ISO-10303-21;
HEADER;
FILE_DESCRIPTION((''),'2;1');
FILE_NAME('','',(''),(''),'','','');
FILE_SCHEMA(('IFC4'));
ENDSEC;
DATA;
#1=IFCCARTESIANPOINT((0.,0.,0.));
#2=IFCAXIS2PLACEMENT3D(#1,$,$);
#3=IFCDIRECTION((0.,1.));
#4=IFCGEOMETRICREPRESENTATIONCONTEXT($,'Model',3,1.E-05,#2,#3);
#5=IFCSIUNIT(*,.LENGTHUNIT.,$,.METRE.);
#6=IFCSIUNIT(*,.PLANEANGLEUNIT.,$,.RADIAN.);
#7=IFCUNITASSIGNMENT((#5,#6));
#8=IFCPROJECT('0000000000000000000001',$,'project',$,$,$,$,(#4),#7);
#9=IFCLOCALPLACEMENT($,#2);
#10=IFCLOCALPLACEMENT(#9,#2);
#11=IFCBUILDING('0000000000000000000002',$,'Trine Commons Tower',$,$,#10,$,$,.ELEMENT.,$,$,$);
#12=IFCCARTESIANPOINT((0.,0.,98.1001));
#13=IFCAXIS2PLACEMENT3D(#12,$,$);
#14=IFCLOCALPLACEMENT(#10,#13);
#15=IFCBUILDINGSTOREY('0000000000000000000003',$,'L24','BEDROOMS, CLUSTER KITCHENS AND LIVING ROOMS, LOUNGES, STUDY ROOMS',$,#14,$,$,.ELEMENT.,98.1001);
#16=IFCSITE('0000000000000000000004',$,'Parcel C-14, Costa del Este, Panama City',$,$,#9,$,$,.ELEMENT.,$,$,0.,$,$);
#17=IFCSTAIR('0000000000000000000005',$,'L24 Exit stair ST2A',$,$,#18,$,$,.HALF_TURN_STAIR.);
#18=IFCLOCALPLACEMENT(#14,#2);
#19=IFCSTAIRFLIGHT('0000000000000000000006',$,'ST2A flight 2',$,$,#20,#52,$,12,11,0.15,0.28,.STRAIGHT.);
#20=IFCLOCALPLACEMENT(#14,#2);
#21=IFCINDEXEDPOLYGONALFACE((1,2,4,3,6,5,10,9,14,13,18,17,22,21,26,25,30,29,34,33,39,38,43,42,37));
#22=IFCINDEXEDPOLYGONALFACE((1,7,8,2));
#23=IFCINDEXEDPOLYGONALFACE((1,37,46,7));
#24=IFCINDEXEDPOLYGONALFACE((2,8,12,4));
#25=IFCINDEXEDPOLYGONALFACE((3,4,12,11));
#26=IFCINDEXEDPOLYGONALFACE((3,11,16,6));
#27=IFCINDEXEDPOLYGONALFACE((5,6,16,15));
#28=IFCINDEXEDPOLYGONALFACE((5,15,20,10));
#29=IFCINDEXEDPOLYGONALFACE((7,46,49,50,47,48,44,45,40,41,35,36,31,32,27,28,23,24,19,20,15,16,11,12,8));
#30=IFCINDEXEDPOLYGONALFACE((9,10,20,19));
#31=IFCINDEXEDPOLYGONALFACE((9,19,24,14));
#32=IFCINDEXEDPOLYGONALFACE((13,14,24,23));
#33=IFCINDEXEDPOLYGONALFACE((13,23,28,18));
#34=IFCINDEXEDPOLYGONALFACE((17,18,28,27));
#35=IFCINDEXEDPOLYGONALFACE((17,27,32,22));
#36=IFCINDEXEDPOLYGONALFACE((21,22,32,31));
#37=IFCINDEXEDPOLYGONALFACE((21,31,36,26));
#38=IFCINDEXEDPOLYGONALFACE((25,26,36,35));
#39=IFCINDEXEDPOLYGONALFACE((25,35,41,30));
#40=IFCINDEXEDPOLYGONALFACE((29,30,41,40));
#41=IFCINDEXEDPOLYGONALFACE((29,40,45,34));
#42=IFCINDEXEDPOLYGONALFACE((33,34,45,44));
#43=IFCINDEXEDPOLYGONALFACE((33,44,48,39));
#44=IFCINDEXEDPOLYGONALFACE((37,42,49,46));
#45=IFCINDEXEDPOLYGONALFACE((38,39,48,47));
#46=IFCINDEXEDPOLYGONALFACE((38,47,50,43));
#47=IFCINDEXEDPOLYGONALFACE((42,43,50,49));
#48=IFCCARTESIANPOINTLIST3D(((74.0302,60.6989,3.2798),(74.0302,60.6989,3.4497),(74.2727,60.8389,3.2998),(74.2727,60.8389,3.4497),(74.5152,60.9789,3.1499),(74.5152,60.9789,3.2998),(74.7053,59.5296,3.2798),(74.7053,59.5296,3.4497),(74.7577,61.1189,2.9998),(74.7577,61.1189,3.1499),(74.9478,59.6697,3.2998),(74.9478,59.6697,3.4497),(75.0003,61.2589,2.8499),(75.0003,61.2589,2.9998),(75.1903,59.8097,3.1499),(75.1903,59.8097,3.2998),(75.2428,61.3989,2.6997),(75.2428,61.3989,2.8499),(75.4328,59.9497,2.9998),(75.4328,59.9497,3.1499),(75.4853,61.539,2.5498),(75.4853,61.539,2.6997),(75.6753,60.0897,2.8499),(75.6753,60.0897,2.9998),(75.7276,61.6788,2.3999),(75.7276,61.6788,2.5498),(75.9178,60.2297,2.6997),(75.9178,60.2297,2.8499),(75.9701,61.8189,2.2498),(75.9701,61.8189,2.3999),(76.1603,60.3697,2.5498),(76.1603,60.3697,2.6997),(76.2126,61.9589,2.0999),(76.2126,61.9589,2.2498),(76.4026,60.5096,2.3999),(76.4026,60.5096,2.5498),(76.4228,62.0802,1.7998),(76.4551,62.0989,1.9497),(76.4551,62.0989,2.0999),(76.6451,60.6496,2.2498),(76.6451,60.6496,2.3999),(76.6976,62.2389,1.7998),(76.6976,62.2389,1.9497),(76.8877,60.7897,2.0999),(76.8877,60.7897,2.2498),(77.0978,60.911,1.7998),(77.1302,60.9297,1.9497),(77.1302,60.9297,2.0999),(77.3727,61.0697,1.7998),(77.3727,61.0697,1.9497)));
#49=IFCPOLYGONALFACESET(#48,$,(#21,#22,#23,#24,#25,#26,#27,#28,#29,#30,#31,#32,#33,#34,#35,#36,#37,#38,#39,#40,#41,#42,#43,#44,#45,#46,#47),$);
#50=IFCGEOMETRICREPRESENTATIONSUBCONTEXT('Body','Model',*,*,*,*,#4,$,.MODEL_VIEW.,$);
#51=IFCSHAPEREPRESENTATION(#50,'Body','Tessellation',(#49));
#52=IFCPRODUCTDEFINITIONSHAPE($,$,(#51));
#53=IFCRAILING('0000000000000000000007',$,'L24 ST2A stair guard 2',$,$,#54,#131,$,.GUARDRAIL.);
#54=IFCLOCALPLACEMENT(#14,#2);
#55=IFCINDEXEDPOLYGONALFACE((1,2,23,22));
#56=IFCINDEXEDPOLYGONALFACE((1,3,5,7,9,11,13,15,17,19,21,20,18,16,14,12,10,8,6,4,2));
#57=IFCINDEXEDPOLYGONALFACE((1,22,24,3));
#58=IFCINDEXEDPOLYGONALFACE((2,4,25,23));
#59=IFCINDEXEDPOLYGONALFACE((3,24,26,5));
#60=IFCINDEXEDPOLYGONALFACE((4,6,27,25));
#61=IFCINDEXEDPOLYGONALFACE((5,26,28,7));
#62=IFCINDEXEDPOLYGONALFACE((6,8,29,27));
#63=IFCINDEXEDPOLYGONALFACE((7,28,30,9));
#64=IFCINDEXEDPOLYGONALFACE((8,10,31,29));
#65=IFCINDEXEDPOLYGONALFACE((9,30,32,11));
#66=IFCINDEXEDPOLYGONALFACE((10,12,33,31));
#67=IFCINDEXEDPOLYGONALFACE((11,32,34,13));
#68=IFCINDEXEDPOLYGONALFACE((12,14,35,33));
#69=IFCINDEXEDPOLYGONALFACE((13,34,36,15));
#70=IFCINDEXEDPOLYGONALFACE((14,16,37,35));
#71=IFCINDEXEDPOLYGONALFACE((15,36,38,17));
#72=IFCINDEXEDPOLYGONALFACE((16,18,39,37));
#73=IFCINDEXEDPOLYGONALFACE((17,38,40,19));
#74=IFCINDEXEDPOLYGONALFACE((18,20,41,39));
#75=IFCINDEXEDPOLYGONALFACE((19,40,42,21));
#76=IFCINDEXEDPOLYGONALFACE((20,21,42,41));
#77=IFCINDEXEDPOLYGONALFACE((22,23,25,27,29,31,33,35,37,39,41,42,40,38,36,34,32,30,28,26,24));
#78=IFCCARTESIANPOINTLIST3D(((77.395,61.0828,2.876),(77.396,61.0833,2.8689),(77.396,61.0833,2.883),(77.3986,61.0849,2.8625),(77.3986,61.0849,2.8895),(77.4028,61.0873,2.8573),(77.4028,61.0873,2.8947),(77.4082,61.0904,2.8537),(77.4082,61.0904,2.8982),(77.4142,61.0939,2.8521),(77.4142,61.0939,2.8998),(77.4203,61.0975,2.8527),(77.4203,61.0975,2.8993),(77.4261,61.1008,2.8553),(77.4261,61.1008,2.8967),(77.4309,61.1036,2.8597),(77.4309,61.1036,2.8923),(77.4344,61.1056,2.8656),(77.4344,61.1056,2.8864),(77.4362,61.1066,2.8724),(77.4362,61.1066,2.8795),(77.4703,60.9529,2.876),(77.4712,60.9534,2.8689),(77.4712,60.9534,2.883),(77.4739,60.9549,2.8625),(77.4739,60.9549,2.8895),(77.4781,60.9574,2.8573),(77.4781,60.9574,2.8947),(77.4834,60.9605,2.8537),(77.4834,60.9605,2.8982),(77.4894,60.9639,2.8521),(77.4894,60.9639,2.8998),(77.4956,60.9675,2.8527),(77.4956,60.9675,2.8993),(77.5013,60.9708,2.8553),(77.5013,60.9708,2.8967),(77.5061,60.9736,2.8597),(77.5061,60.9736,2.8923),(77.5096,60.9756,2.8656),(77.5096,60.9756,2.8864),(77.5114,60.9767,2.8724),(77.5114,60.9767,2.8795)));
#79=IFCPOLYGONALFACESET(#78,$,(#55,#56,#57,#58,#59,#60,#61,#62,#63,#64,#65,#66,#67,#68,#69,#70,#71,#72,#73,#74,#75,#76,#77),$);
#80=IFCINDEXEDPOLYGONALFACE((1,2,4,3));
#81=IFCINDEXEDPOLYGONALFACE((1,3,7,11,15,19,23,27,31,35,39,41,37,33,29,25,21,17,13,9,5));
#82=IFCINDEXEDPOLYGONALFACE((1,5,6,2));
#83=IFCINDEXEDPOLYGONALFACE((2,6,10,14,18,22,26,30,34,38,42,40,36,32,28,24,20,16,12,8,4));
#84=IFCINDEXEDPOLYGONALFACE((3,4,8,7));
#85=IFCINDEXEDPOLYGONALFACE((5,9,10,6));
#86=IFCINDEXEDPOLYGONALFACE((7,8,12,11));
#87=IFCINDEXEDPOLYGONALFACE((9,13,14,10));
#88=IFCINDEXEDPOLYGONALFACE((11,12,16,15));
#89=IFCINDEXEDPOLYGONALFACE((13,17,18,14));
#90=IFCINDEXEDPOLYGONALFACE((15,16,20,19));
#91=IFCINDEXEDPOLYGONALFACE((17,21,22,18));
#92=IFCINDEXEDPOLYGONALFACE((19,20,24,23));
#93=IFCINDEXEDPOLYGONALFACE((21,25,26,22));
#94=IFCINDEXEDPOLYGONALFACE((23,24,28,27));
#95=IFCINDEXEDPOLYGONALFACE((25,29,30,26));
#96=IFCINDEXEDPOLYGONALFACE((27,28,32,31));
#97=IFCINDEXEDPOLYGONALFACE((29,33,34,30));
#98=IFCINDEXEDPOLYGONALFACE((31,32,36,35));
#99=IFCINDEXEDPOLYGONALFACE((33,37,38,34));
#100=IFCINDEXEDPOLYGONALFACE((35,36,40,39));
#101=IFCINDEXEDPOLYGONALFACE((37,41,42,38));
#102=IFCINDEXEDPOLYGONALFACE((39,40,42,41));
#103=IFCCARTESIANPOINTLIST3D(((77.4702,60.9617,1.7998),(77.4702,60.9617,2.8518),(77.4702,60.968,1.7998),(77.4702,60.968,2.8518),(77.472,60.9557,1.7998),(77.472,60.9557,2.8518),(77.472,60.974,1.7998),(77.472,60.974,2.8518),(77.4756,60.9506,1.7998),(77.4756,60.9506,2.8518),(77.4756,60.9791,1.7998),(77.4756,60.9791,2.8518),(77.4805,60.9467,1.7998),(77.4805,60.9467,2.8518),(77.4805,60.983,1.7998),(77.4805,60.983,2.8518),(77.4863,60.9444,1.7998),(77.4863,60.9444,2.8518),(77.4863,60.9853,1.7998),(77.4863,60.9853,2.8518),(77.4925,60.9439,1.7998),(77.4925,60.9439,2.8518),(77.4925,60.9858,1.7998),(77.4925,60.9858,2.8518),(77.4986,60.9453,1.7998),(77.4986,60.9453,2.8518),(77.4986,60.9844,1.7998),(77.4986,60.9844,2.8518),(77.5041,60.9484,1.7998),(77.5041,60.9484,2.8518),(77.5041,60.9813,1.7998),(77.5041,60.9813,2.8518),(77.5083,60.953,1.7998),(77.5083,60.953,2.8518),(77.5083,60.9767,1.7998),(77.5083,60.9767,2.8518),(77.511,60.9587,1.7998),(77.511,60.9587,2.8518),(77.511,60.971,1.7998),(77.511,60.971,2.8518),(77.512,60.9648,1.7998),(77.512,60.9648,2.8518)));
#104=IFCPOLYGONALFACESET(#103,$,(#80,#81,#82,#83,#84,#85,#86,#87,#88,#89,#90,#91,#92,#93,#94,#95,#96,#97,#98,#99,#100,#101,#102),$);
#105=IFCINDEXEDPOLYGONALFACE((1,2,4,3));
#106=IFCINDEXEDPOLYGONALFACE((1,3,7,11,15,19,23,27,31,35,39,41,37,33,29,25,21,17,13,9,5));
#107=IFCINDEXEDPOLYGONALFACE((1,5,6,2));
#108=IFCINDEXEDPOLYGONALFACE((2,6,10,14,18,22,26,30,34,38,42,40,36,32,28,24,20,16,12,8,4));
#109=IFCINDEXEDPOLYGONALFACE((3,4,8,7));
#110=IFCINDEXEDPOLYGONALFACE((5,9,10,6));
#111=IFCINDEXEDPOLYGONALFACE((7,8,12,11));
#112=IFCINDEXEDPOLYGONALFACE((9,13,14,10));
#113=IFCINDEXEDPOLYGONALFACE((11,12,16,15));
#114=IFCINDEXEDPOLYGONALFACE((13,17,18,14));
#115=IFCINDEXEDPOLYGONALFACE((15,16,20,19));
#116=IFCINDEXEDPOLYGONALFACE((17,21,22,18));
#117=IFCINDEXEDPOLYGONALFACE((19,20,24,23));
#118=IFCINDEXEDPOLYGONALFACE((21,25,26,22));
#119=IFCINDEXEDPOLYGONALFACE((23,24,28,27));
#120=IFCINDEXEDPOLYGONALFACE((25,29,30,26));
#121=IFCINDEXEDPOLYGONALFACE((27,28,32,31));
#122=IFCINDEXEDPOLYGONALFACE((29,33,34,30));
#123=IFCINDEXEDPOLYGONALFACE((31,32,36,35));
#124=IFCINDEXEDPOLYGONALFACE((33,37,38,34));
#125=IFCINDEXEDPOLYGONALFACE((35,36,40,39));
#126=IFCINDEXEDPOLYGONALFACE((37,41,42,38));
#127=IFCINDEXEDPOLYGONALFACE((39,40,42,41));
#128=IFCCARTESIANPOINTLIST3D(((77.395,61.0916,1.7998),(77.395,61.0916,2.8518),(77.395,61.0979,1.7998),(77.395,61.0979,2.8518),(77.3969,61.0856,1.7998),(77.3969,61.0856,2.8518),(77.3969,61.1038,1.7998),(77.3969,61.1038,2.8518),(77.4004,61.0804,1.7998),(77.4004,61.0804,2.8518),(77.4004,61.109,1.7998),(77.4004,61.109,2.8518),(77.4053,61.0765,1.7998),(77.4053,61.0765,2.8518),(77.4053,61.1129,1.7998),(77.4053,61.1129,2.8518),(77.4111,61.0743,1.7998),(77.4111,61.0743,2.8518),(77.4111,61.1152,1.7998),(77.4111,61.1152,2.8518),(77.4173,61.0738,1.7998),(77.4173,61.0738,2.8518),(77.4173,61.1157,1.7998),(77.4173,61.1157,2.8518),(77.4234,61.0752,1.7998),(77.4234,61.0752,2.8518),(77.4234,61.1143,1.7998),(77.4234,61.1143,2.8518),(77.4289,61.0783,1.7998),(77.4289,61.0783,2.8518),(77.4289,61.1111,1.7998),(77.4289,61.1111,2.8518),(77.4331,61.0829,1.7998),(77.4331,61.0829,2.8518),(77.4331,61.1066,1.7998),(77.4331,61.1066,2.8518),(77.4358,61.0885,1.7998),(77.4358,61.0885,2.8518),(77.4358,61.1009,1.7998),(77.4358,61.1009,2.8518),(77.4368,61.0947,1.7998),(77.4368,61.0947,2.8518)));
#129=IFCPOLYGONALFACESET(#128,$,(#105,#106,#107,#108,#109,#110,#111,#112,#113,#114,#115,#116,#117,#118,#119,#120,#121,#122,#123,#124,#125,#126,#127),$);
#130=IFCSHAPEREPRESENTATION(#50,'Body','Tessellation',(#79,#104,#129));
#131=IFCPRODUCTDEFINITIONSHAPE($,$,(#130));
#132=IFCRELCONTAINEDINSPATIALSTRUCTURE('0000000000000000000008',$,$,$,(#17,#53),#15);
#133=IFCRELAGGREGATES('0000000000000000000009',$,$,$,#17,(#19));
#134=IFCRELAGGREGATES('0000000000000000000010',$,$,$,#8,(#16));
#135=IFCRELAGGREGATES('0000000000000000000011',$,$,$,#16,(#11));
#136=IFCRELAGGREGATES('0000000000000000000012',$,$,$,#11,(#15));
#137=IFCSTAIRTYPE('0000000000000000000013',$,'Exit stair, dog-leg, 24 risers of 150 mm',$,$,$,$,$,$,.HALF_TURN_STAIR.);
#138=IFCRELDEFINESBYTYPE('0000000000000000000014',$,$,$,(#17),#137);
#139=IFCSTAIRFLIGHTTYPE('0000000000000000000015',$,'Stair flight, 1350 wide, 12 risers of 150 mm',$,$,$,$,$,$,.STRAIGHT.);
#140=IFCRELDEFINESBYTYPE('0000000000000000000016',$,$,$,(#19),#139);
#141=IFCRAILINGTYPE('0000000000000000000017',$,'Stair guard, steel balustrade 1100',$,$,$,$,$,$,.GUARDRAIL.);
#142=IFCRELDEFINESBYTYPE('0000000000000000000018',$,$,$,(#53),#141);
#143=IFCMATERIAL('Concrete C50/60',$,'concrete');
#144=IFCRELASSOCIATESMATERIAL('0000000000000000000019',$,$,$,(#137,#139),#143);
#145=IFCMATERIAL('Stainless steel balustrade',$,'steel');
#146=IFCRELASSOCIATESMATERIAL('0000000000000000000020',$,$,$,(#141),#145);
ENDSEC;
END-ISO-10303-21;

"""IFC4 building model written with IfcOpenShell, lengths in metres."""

from ifc_helpers import new_model, si_unit, direction, frame, origin, origin_2d, place, context, subcontext, project, spatial, polyline, circle, outline, extrude, material, type_object, element, aggregate, save


model = new_model("IFC4")

# Units and contexts
model_context = context("Model", 3, precision=1e-05, world=origin(), true_north=direction((0.0, 1.0)))
body_context = subcontext(model_context, "Body", "Model", "MODEL_VIEW")
ifc_project = project(units=[si_unit("LENGTHUNIT", "METRE"), si_unit("PLANEANGLEUNIT", "RADIAN")], contexts=[model_context])

# Site, building, storey
site_placement = place(None, origin())
site = spatial("IfcSite", under=ifc_project, at=site_placement, Name="Parcel C-14, Costa del Este, Panama City", CompositionType="ELEMENT", RefElevation=0.0)
building_placement = place(site_placement, origin())
building = spatial("IfcBuilding", under=site, at=building_placement, Name="Trine Commons Tower", CompositionType="ELEMENT")
storey_placement = place(building_placement, frame((0.0, 0.0, 98.1001)))
storey = spatial("IfcBuildingStorey", under=building, at=storey_placement, Name="L24", Description="BEDROOMS, CLUSTER KITCHENS AND LIVING ROOMS, LOUNGES, STUDY ROOMS", CompositionType="ELEMENT", Elevation=98.1001)

# Stair, stair flight
ifc_material_1 = material(Name="Concrete C50/60", Category="concrete")
stair_type = type_object("IfcStairType", Name="Exit stair, dog-leg, 24 risers of 150 mm", PredefinedType="HALF_TURN_STAIR", material=ifc_material_1)
stair_placement = place(storey_placement, origin())
stair = element("IfcStair", 1, at=stair_placement, inside=storey, type_object=stair_type, Name="L24 Exit stair ST2A", PredefinedType="HALF_TURN_STAIR")
stair_flight_type = type_object("IfcStairFlightType", Name="Stair flight, 1350 wide, 12 risers of 150 mm", PredefinedType="STRAIGHT", material=ifc_material_1)
stair_flight_1_placement = place(storey_placement, frame((77.0352, 61.6543, 1.7998), z_axis=(0.0, 0.0, 1.0), x_axis=(-0.866025, -0.5, 0.0)))
stair_flight_1 = element("IfcStairFlight", 2, at=stair_flight_1_placement, type_object=stair_flight_type, Name="ST2A flight 2", NumberOfRisers=12, NumberOfTreads=11, PredefinedType="STRAIGHT", RiserHeight=0.15, TreadLength=0.28, context=body_context, shape_type="SweptSolid", body=[
    extrude(outline(polyline([(0.0, 0.0), (0.0, 0.1499), (0.28, 0.1499), (0.28, 0.3), (0.5601, 0.3), (0.5601, 0.45), (0.8401, 0.45), (0.8401, 0.6001), (1.1201, 0.6001), (1.1201, 0.75), (1.3999, 0.75), (1.3999, 0.8999), (1.6799, 0.8999), (1.6799, 1.05), (1.96, 1.05), (1.96, 1.2), (2.24, 1.2), (2.24, 1.3501), (2.52, 1.3501), (2.52, 1.5), (2.8, 1.5), (2.8, 1.6499), (3.0801, 1.6499), (3.0801, 1.8), (3.0801, 1.48), (0.3174, 0.0), (0.0, 0.0)])), frame((0.0, 0.675, 0.0), z_axis=(0.0, -1.0, 0.0), x_axis=(1.0, 0.0, 0.0)), (0.0, 0.0, 1.0), 1.3501),
])
aggregate(stair, [stair_flight_1])

# Railing
ifc_material_2 = material(Name="Stainless steel balustrade", Category="steel")
railing_type_1 = type_object("IfcRailingType", Name="Stair guard, steel balustrade 1100", PredefinedType="GUARDRAIL", material=ifc_material_2)
railing_1_placement = place(storey_placement, frame((77.491, 60.9648, 1.7998)))
element("IfcRailing", 3, at=railing_1_placement, inside=storey, type_object=railing_type_1, Name="L24 ST2A stair guard 2", PredefinedType="GUARDRAIL", context=body_context, shape_type="SweptSolid", body=[
    extrude(circle(Radius=0.0239, at=origin_2d()), frame((0.0, 0.0, 1.0762), z_axis=(-0.501036, 0.865426, 0.0), x_axis=(-0.865426, -0.501036, 0.0)), (0.0, 0.0, 1.0), 0.1501),
    extrude(circle(Radius=0.021, at=origin_2d()), origin(), (0.0, 0.0, 1.0), 1.052),
    extrude(circle(Radius=0.021, at=origin_2d()), frame((-0.0752, 0.1299, 0.0)), (0.0, 0.0, 1.0), 1.052),
])

save(model, "model.ifc")
